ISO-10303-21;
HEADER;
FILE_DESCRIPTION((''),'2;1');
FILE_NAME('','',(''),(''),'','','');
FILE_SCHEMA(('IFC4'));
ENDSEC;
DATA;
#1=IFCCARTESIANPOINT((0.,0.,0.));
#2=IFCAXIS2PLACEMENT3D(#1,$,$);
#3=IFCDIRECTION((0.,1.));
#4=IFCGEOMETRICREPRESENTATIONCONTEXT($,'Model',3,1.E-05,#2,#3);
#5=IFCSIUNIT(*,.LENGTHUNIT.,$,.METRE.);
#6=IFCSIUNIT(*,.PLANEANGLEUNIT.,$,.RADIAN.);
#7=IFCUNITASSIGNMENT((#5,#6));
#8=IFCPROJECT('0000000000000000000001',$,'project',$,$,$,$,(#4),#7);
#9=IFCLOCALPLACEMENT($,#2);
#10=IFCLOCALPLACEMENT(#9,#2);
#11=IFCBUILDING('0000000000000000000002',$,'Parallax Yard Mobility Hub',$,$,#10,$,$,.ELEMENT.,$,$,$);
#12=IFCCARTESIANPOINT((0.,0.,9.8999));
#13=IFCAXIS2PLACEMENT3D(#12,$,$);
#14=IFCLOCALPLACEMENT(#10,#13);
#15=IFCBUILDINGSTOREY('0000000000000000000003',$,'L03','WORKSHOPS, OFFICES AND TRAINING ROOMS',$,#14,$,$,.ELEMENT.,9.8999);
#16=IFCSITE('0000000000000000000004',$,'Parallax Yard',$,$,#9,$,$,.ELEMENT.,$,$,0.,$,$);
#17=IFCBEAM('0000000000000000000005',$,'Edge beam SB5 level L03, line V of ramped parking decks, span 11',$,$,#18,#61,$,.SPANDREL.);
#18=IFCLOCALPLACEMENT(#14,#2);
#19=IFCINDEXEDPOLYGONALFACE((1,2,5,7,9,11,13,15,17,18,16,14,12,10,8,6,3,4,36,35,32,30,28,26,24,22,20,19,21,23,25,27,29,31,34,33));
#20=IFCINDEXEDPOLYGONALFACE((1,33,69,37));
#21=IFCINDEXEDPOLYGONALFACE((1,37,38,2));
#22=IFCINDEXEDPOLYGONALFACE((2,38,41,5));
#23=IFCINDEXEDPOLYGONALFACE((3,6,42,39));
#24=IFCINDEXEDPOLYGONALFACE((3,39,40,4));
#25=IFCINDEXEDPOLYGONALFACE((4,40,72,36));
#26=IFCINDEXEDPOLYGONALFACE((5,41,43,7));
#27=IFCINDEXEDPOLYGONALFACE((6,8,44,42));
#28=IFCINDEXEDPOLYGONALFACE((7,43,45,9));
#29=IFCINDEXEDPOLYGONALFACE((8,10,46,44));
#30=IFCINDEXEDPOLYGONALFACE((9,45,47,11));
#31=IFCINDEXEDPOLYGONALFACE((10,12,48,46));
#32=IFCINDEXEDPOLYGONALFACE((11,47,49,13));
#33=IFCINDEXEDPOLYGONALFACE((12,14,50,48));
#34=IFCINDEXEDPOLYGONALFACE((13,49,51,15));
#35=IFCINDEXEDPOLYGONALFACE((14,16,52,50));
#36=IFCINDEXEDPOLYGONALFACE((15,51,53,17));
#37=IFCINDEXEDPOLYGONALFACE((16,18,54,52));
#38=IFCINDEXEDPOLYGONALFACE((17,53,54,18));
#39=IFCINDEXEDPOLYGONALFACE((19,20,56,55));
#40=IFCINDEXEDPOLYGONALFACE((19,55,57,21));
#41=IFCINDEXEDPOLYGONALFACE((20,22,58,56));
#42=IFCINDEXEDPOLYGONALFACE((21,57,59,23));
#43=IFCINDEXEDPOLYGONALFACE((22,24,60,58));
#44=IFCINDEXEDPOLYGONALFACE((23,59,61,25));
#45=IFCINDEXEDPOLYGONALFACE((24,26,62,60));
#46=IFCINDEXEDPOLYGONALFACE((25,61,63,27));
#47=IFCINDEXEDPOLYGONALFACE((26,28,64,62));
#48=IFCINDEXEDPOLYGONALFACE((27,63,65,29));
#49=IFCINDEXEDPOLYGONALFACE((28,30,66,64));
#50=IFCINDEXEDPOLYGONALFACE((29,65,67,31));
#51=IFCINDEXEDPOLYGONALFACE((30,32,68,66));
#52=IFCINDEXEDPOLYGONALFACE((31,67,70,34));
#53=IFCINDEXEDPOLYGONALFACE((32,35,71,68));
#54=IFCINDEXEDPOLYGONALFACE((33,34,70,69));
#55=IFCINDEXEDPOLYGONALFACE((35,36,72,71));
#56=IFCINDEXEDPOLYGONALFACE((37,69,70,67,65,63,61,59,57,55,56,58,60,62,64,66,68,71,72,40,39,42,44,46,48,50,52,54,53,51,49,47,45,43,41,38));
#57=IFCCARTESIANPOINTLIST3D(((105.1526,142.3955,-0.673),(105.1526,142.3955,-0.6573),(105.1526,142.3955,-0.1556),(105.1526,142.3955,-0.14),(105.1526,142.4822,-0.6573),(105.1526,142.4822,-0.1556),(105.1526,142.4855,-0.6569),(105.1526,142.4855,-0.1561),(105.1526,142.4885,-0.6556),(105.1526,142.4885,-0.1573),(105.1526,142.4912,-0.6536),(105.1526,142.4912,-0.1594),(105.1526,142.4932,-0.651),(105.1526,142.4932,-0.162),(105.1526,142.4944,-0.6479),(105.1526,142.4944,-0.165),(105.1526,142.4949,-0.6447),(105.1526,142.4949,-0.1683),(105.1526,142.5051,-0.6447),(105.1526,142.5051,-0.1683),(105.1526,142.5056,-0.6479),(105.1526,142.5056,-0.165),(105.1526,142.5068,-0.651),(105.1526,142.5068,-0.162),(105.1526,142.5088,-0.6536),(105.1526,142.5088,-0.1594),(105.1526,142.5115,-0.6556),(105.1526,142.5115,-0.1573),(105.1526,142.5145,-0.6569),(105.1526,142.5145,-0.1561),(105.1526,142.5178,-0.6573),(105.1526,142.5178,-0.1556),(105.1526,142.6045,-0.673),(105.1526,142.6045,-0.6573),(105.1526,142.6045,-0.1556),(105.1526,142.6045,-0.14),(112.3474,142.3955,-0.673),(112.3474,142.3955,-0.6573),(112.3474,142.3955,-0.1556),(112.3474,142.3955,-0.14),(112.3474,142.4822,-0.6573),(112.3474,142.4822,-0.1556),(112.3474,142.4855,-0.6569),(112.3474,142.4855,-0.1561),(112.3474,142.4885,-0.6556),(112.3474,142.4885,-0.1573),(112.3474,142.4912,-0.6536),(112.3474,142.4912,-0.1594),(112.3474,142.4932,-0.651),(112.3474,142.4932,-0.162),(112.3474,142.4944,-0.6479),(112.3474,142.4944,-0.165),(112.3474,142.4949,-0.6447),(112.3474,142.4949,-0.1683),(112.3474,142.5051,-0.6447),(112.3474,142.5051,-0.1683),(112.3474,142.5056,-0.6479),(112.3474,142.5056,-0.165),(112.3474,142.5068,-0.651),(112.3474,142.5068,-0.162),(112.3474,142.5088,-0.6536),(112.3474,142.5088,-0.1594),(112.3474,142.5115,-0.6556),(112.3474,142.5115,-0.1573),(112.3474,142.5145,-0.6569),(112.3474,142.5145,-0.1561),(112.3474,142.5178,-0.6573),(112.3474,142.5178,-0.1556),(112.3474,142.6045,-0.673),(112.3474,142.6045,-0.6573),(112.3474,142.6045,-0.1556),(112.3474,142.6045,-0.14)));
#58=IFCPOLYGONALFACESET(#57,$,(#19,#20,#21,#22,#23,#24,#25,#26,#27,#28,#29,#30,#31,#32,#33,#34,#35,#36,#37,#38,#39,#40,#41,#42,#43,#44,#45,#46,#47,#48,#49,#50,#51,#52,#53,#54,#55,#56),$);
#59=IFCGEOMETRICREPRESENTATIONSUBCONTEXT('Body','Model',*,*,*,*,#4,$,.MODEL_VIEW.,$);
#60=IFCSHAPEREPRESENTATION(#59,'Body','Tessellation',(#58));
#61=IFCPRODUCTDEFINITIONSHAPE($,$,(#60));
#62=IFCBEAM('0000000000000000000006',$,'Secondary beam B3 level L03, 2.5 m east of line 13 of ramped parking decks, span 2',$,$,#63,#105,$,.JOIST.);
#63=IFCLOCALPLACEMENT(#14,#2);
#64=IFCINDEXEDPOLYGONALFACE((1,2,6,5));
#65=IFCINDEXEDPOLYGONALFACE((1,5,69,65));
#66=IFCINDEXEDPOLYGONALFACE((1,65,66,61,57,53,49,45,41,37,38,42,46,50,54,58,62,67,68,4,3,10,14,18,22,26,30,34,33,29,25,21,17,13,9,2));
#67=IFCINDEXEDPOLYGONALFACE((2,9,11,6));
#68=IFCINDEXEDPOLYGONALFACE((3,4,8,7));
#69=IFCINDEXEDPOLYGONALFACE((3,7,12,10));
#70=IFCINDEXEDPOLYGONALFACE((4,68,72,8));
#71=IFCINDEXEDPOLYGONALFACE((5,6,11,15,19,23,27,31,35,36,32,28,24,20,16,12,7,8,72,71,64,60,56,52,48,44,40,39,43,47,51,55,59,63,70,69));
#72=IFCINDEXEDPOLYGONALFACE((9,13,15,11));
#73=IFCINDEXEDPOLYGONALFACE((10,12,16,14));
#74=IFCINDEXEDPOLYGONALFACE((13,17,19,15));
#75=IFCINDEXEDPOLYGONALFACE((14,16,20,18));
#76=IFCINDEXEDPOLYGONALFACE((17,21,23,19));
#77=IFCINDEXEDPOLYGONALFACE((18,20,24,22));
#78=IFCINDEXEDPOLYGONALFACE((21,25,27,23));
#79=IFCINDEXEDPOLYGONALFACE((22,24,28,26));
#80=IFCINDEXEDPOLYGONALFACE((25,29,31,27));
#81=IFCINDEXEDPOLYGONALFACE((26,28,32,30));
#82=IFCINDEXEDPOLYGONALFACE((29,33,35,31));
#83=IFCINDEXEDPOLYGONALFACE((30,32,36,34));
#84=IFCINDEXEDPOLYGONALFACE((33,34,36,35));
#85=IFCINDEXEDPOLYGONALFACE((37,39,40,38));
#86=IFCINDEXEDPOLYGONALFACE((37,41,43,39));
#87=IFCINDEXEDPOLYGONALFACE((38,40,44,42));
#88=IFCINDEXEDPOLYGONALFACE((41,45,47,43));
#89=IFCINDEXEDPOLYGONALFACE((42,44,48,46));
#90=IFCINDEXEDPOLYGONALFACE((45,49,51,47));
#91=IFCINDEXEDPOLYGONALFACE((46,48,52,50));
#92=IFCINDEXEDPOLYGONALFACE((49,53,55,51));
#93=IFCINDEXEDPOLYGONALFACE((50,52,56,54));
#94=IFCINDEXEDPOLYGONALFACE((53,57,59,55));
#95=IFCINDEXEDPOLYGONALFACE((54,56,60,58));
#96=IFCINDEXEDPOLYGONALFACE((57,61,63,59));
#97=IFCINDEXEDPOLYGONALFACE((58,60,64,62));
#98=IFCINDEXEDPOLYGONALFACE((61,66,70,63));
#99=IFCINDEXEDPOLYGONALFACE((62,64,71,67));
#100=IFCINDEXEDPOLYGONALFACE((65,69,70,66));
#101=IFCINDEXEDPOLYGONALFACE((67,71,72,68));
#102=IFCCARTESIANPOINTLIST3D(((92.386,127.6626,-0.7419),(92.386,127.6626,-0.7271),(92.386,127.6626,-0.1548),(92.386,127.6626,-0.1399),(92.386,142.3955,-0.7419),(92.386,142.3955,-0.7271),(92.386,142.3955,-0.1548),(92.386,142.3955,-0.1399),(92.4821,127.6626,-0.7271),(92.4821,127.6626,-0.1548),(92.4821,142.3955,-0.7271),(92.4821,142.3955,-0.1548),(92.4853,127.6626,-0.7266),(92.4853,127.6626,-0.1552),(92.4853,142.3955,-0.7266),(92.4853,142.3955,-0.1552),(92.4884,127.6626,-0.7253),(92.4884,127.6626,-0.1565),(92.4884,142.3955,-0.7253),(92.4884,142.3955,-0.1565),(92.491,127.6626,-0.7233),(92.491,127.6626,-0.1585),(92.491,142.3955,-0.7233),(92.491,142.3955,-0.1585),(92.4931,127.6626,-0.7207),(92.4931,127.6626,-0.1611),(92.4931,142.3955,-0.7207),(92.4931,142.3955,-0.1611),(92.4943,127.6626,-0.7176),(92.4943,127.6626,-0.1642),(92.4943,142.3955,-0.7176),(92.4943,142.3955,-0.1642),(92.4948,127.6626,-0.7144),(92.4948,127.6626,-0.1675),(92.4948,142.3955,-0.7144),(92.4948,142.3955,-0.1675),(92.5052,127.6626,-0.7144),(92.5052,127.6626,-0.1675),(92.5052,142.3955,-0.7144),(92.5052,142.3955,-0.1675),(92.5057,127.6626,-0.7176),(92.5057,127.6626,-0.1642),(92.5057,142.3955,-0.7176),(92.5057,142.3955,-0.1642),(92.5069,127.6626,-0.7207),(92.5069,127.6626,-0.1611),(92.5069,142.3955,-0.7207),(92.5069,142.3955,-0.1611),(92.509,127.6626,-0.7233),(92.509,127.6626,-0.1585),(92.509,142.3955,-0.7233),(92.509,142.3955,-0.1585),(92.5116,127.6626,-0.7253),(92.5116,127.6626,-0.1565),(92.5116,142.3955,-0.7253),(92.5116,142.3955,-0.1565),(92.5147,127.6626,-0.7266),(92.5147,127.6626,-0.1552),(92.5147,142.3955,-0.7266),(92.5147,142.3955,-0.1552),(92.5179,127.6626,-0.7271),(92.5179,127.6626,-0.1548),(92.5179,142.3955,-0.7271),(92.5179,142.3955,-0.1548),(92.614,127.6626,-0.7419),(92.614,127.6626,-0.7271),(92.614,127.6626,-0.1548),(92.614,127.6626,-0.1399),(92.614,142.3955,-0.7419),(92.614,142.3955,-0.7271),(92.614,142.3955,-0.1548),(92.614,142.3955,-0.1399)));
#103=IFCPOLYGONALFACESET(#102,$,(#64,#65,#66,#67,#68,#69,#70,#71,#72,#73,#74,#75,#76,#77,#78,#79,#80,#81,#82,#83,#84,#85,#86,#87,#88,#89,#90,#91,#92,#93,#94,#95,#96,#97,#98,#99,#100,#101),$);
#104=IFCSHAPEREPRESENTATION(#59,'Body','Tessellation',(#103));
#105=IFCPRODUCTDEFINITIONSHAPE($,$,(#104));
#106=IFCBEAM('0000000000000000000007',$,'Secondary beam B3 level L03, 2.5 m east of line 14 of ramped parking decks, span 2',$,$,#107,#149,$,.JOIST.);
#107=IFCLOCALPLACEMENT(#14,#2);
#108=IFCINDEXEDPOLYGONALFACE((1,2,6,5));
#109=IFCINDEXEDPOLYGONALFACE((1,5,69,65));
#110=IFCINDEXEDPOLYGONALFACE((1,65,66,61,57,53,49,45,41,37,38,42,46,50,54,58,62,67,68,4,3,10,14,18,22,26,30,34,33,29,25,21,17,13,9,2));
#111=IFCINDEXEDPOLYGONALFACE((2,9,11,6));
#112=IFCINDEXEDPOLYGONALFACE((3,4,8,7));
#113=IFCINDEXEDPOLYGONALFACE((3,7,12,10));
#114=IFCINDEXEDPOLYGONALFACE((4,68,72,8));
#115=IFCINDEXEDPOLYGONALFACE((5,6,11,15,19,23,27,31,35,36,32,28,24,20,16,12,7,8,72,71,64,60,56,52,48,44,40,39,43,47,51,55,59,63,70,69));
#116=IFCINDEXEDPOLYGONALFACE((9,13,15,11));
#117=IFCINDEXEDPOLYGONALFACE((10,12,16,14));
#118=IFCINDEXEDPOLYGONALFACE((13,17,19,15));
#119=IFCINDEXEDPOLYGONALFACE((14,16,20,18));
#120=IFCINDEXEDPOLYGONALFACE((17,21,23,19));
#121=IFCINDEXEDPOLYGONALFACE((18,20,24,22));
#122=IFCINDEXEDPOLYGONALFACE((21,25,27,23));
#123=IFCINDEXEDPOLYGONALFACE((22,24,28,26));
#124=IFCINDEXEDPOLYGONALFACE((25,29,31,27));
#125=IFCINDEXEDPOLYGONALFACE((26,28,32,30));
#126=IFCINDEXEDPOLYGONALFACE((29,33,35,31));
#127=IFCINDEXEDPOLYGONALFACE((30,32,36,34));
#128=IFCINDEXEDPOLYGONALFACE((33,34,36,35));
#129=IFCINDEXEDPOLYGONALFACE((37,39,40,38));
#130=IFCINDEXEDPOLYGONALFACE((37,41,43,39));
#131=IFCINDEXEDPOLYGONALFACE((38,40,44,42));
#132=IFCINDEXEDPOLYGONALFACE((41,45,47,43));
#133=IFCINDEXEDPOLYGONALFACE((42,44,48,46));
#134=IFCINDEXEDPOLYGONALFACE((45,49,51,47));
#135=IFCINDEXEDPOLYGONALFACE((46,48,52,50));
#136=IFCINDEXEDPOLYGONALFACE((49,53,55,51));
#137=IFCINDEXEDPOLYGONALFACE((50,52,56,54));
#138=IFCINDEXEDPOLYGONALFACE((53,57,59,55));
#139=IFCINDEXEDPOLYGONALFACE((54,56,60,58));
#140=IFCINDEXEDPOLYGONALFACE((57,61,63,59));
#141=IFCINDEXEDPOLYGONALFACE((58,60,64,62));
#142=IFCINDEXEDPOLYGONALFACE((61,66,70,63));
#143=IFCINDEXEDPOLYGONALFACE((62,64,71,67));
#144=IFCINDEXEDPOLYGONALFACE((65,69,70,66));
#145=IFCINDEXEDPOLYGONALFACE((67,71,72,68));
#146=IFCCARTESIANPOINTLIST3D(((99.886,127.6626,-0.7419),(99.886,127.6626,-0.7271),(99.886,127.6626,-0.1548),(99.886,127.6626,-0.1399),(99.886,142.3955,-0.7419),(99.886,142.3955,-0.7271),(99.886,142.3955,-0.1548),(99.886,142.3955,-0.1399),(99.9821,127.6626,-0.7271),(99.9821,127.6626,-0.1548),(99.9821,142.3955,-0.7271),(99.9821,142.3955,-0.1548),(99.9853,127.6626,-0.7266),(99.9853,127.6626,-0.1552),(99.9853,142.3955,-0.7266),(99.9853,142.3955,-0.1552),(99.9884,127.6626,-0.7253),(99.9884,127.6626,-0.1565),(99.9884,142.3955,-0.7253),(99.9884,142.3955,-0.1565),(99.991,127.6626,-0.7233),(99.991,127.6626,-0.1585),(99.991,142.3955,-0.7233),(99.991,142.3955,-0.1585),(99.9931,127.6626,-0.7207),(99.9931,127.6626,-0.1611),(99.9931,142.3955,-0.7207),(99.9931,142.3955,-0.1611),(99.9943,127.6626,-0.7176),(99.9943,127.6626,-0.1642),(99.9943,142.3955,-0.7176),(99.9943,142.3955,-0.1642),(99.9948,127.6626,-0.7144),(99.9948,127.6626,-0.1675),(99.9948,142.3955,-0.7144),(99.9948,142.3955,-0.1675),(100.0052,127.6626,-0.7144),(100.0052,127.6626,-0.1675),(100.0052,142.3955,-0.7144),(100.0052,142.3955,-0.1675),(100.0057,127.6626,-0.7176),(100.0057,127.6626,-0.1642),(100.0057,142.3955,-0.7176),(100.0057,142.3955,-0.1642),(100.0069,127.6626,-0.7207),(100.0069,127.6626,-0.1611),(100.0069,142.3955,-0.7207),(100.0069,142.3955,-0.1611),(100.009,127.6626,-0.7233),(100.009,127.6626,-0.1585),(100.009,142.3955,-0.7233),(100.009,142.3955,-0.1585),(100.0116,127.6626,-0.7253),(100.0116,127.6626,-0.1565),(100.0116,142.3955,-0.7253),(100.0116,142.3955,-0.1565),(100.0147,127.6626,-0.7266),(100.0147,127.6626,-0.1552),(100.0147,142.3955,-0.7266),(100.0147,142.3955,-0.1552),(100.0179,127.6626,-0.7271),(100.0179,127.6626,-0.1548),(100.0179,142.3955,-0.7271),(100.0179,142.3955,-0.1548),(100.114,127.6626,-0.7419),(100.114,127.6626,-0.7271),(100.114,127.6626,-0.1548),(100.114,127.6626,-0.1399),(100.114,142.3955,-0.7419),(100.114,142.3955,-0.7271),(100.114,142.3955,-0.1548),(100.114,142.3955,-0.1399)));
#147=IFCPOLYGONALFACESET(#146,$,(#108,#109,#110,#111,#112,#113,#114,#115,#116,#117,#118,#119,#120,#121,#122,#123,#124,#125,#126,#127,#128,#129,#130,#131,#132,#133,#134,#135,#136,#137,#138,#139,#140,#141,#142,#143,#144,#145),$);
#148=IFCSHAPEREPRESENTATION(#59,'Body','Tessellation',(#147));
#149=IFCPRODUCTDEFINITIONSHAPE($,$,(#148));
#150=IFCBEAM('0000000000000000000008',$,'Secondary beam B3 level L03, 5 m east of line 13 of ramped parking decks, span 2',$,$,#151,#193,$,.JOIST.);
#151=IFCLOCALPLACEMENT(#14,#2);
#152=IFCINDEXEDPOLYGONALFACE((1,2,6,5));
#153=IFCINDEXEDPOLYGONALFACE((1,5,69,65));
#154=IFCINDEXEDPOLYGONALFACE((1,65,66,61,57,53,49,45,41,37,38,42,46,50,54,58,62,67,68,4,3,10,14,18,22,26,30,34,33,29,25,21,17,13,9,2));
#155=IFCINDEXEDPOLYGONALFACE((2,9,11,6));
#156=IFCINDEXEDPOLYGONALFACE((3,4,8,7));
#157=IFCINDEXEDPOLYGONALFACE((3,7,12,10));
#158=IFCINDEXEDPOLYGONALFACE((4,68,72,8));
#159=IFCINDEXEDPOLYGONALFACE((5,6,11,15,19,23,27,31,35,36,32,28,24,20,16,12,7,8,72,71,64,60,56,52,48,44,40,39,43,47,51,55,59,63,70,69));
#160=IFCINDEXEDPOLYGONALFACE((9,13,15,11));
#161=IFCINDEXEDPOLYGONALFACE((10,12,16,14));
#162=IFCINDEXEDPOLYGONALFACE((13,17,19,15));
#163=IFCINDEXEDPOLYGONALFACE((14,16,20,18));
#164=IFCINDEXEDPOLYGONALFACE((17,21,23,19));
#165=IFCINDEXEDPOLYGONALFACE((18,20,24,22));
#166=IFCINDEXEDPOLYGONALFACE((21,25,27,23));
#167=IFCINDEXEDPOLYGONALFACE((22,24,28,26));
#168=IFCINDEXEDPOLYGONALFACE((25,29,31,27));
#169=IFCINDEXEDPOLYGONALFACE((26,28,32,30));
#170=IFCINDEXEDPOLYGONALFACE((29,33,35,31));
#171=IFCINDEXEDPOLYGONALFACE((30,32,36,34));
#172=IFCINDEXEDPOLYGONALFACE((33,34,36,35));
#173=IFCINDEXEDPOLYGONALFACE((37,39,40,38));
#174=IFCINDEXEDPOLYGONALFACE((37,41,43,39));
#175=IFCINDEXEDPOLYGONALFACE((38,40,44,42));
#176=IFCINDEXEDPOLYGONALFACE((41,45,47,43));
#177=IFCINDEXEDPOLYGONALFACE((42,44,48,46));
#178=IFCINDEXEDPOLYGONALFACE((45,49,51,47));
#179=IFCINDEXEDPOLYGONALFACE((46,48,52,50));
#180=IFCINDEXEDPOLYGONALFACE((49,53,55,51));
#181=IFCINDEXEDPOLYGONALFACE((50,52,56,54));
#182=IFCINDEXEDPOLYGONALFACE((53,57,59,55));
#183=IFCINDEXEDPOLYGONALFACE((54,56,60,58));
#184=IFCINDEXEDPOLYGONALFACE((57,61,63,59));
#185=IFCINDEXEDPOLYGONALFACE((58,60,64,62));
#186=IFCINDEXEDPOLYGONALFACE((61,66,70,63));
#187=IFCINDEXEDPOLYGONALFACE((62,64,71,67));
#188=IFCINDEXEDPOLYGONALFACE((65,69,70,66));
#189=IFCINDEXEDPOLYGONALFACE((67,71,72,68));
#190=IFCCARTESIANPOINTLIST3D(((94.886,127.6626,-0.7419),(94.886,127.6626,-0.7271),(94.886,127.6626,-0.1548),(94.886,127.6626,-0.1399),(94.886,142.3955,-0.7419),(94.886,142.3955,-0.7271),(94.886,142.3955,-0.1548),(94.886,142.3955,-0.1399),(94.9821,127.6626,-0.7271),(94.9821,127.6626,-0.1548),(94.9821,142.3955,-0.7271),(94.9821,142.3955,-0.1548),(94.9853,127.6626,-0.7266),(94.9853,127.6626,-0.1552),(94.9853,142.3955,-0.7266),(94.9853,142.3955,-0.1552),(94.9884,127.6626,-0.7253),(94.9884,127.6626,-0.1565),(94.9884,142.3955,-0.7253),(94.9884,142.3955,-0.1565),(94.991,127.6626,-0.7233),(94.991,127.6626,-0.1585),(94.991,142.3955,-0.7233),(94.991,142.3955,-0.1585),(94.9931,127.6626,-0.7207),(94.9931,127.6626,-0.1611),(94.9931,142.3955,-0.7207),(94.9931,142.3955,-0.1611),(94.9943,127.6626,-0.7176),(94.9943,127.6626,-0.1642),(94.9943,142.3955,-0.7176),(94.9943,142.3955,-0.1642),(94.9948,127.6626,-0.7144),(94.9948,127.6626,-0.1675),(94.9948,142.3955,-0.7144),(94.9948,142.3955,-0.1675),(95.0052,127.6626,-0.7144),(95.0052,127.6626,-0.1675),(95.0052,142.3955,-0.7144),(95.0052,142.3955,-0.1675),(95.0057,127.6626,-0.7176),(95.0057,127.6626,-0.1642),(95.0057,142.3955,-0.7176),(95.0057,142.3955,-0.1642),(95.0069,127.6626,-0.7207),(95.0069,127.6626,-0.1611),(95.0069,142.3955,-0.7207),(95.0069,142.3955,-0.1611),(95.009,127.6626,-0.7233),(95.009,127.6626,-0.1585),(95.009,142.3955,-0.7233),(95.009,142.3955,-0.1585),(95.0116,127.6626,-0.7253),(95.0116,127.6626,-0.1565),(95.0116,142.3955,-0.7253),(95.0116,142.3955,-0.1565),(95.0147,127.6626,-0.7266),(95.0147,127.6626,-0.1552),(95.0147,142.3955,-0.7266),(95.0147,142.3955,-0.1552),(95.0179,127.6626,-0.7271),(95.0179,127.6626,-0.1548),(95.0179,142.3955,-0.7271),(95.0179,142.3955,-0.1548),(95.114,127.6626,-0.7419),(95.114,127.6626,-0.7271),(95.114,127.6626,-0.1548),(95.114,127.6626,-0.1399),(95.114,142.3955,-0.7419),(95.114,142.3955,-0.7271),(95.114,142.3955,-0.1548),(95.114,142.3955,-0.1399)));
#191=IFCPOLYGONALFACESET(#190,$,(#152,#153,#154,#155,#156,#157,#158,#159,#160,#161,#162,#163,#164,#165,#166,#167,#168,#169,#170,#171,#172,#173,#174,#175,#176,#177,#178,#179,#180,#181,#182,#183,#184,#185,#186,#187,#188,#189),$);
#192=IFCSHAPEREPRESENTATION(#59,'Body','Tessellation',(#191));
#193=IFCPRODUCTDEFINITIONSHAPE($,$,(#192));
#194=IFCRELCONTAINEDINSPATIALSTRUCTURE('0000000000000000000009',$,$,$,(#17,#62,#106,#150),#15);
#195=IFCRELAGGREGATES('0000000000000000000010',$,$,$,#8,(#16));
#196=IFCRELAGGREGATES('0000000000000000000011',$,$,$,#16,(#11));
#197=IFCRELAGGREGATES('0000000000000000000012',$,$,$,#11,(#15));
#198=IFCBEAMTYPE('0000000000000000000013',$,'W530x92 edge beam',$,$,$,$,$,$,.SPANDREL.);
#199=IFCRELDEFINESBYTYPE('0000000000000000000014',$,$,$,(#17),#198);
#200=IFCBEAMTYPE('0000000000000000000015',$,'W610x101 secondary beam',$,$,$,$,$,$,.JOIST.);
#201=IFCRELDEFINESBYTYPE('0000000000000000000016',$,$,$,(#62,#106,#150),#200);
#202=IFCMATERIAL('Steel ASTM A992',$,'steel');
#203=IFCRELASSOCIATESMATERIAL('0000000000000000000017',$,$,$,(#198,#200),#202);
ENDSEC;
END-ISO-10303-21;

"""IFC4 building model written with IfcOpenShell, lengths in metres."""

from ifc_helpers import new_model, si_unit, direction, frame, origin, origin_2d, place, context, subcontext, project, spatial, i_section, extrude, material, material_profile, profile_set, type_object, element, save


model = new_model("IFC4")

# Units and contexts
model_context = context("Model", 3, precision=1e-05, world=origin(), true_north=direction((0.0, 1.0)))
body_context = subcontext(model_context, "Body", "Model", "MODEL_VIEW")
ifc_project = project(units=[si_unit("LENGTHUNIT", "METRE"), si_unit("PLANEANGLEUNIT", "RADIAN")], contexts=[model_context])

# Site, building, storey
site_placement = place(None, origin())
site = spatial("IfcSite", under=ifc_project, at=site_placement, Name="Parallax Yard", CompositionType="ELEMENT", RefElevation=0.0)
building_placement = place(site_placement, origin())
building = spatial("IfcBuilding", under=site, at=building_placement, Name="Parallax Yard Mobility Hub", CompositionType="ELEMENT")
storey_placement = place(building_placement, frame((0.0, 0.0, 9.8999)))
storey = spatial("IfcBuildingStorey", under=building, at=storey_placement, Name="L03", Description="WORKSHOPS, OFFICES AND TRAINING ROOMS", CompositionType="ELEMENT", Elevation=9.8999)

# Shared definitions
ifc_material_1 = material(Name="Steel ASTM A992", Category="steel")

# Beams
ifc_material_profile_1 = material_profile(ifc_material_1, i_section(OverallWidth=0.209, OverallDepth=0.533, WebThickness=0.0103, FlangeThickness=0.0156, FilletRadius=0.0127, at=origin_2d()), Name="W530x92")
ifc_profile_set_1 = profile_set([ifc_material_profile_1], Name="Steel ASTM A992")
beam_type_1 = type_object("IfcBeamType", Name="W530x92 edge beam", PredefinedType="SPANDREL", material=ifc_profile_set_1)
for number, where, z_axis, x_axis, name in (
    (1, (105.1526, 142.5, -0.4065), (1.0, 0.0, 0.0), (0.0, 1.0, 0.0), "Edge beam SB5 level L03, line V of ramped parking decks, span 11"),
):
    element("IfcBeam", number, at=place(storey_placement, frame(where, z_axis=z_axis, x_axis=x_axis)), inside=storey, type_object=beam_type_1, Name=name, PredefinedType="SPANDREL", context=body_context, shape_type="SweptSolid", body=[
        extrude(i_section(OverallWidth=0.209, OverallDepth=0.533, WebThickness=0.0103, FlangeThickness=0.0156, FilletRadius=0.0127, at=origin_2d()), origin(), (0.0, 0.0, 1.0), 7.1948),
    ])
ifc_material_profile_2 = material_profile(ifc_material_1, i_section(OverallWidth=0.228, OverallDepth=0.6021, WebThickness=0.0105, FlangeThickness=0.0149, FilletRadius=0.0127, at=origin_2d()), Name="W610x101")
ifc_profile_set_2 = profile_set([ifc_material_profile_2], Name="Steel ASTM A992")
beam_type_2 = type_object("IfcBeamType", Name="W610x101 secondary beam", PredefinedType="JOIST", material=ifc_profile_set_2)
for number, where, z_axis, x_axis, name in (
    (2, (92.5, 127.6626, -0.4409), (0.0, 1.0, 0.0), (-1.0, 0.0, 0.0), "Secondary beam B3 level L03, 2.5 m east of line 13 of ramped parking decks, span 2"),
    (3, (100.0, 127.6626, -0.4409), (0.0, 1.0, 0.0), (-1.0, 0.0, 0.0), "Secondary beam B3 level L03, 2.5 m east of line 14 of ramped parking decks, span 2"),
    (4, (95.0, 127.6626, -0.4409), (0.0, 1.0, 0.0), (-1.0, 0.0, 0.0), "Secondary beam B3 level L03, 5 m east of line 13 of ramped parking decks, span 2"),
):
    element("IfcBeam", number, at=place(storey_placement, frame(where, z_axis=z_axis, x_axis=x_axis)), inside=storey, type_object=beam_type_2, Name=name, PredefinedType="JOIST", context=body_context, shape_type="SweptSolid", body=[
        extrude(i_section(OverallWidth=0.228, OverallDepth=0.6021, WebThickness=0.0105, FlangeThickness=0.0149, FilletRadius=0.0127, at=origin_2d()), origin(), (0.0, 0.0, 1.0), 14.7329),
    ])

save(model, "model.ifc")
